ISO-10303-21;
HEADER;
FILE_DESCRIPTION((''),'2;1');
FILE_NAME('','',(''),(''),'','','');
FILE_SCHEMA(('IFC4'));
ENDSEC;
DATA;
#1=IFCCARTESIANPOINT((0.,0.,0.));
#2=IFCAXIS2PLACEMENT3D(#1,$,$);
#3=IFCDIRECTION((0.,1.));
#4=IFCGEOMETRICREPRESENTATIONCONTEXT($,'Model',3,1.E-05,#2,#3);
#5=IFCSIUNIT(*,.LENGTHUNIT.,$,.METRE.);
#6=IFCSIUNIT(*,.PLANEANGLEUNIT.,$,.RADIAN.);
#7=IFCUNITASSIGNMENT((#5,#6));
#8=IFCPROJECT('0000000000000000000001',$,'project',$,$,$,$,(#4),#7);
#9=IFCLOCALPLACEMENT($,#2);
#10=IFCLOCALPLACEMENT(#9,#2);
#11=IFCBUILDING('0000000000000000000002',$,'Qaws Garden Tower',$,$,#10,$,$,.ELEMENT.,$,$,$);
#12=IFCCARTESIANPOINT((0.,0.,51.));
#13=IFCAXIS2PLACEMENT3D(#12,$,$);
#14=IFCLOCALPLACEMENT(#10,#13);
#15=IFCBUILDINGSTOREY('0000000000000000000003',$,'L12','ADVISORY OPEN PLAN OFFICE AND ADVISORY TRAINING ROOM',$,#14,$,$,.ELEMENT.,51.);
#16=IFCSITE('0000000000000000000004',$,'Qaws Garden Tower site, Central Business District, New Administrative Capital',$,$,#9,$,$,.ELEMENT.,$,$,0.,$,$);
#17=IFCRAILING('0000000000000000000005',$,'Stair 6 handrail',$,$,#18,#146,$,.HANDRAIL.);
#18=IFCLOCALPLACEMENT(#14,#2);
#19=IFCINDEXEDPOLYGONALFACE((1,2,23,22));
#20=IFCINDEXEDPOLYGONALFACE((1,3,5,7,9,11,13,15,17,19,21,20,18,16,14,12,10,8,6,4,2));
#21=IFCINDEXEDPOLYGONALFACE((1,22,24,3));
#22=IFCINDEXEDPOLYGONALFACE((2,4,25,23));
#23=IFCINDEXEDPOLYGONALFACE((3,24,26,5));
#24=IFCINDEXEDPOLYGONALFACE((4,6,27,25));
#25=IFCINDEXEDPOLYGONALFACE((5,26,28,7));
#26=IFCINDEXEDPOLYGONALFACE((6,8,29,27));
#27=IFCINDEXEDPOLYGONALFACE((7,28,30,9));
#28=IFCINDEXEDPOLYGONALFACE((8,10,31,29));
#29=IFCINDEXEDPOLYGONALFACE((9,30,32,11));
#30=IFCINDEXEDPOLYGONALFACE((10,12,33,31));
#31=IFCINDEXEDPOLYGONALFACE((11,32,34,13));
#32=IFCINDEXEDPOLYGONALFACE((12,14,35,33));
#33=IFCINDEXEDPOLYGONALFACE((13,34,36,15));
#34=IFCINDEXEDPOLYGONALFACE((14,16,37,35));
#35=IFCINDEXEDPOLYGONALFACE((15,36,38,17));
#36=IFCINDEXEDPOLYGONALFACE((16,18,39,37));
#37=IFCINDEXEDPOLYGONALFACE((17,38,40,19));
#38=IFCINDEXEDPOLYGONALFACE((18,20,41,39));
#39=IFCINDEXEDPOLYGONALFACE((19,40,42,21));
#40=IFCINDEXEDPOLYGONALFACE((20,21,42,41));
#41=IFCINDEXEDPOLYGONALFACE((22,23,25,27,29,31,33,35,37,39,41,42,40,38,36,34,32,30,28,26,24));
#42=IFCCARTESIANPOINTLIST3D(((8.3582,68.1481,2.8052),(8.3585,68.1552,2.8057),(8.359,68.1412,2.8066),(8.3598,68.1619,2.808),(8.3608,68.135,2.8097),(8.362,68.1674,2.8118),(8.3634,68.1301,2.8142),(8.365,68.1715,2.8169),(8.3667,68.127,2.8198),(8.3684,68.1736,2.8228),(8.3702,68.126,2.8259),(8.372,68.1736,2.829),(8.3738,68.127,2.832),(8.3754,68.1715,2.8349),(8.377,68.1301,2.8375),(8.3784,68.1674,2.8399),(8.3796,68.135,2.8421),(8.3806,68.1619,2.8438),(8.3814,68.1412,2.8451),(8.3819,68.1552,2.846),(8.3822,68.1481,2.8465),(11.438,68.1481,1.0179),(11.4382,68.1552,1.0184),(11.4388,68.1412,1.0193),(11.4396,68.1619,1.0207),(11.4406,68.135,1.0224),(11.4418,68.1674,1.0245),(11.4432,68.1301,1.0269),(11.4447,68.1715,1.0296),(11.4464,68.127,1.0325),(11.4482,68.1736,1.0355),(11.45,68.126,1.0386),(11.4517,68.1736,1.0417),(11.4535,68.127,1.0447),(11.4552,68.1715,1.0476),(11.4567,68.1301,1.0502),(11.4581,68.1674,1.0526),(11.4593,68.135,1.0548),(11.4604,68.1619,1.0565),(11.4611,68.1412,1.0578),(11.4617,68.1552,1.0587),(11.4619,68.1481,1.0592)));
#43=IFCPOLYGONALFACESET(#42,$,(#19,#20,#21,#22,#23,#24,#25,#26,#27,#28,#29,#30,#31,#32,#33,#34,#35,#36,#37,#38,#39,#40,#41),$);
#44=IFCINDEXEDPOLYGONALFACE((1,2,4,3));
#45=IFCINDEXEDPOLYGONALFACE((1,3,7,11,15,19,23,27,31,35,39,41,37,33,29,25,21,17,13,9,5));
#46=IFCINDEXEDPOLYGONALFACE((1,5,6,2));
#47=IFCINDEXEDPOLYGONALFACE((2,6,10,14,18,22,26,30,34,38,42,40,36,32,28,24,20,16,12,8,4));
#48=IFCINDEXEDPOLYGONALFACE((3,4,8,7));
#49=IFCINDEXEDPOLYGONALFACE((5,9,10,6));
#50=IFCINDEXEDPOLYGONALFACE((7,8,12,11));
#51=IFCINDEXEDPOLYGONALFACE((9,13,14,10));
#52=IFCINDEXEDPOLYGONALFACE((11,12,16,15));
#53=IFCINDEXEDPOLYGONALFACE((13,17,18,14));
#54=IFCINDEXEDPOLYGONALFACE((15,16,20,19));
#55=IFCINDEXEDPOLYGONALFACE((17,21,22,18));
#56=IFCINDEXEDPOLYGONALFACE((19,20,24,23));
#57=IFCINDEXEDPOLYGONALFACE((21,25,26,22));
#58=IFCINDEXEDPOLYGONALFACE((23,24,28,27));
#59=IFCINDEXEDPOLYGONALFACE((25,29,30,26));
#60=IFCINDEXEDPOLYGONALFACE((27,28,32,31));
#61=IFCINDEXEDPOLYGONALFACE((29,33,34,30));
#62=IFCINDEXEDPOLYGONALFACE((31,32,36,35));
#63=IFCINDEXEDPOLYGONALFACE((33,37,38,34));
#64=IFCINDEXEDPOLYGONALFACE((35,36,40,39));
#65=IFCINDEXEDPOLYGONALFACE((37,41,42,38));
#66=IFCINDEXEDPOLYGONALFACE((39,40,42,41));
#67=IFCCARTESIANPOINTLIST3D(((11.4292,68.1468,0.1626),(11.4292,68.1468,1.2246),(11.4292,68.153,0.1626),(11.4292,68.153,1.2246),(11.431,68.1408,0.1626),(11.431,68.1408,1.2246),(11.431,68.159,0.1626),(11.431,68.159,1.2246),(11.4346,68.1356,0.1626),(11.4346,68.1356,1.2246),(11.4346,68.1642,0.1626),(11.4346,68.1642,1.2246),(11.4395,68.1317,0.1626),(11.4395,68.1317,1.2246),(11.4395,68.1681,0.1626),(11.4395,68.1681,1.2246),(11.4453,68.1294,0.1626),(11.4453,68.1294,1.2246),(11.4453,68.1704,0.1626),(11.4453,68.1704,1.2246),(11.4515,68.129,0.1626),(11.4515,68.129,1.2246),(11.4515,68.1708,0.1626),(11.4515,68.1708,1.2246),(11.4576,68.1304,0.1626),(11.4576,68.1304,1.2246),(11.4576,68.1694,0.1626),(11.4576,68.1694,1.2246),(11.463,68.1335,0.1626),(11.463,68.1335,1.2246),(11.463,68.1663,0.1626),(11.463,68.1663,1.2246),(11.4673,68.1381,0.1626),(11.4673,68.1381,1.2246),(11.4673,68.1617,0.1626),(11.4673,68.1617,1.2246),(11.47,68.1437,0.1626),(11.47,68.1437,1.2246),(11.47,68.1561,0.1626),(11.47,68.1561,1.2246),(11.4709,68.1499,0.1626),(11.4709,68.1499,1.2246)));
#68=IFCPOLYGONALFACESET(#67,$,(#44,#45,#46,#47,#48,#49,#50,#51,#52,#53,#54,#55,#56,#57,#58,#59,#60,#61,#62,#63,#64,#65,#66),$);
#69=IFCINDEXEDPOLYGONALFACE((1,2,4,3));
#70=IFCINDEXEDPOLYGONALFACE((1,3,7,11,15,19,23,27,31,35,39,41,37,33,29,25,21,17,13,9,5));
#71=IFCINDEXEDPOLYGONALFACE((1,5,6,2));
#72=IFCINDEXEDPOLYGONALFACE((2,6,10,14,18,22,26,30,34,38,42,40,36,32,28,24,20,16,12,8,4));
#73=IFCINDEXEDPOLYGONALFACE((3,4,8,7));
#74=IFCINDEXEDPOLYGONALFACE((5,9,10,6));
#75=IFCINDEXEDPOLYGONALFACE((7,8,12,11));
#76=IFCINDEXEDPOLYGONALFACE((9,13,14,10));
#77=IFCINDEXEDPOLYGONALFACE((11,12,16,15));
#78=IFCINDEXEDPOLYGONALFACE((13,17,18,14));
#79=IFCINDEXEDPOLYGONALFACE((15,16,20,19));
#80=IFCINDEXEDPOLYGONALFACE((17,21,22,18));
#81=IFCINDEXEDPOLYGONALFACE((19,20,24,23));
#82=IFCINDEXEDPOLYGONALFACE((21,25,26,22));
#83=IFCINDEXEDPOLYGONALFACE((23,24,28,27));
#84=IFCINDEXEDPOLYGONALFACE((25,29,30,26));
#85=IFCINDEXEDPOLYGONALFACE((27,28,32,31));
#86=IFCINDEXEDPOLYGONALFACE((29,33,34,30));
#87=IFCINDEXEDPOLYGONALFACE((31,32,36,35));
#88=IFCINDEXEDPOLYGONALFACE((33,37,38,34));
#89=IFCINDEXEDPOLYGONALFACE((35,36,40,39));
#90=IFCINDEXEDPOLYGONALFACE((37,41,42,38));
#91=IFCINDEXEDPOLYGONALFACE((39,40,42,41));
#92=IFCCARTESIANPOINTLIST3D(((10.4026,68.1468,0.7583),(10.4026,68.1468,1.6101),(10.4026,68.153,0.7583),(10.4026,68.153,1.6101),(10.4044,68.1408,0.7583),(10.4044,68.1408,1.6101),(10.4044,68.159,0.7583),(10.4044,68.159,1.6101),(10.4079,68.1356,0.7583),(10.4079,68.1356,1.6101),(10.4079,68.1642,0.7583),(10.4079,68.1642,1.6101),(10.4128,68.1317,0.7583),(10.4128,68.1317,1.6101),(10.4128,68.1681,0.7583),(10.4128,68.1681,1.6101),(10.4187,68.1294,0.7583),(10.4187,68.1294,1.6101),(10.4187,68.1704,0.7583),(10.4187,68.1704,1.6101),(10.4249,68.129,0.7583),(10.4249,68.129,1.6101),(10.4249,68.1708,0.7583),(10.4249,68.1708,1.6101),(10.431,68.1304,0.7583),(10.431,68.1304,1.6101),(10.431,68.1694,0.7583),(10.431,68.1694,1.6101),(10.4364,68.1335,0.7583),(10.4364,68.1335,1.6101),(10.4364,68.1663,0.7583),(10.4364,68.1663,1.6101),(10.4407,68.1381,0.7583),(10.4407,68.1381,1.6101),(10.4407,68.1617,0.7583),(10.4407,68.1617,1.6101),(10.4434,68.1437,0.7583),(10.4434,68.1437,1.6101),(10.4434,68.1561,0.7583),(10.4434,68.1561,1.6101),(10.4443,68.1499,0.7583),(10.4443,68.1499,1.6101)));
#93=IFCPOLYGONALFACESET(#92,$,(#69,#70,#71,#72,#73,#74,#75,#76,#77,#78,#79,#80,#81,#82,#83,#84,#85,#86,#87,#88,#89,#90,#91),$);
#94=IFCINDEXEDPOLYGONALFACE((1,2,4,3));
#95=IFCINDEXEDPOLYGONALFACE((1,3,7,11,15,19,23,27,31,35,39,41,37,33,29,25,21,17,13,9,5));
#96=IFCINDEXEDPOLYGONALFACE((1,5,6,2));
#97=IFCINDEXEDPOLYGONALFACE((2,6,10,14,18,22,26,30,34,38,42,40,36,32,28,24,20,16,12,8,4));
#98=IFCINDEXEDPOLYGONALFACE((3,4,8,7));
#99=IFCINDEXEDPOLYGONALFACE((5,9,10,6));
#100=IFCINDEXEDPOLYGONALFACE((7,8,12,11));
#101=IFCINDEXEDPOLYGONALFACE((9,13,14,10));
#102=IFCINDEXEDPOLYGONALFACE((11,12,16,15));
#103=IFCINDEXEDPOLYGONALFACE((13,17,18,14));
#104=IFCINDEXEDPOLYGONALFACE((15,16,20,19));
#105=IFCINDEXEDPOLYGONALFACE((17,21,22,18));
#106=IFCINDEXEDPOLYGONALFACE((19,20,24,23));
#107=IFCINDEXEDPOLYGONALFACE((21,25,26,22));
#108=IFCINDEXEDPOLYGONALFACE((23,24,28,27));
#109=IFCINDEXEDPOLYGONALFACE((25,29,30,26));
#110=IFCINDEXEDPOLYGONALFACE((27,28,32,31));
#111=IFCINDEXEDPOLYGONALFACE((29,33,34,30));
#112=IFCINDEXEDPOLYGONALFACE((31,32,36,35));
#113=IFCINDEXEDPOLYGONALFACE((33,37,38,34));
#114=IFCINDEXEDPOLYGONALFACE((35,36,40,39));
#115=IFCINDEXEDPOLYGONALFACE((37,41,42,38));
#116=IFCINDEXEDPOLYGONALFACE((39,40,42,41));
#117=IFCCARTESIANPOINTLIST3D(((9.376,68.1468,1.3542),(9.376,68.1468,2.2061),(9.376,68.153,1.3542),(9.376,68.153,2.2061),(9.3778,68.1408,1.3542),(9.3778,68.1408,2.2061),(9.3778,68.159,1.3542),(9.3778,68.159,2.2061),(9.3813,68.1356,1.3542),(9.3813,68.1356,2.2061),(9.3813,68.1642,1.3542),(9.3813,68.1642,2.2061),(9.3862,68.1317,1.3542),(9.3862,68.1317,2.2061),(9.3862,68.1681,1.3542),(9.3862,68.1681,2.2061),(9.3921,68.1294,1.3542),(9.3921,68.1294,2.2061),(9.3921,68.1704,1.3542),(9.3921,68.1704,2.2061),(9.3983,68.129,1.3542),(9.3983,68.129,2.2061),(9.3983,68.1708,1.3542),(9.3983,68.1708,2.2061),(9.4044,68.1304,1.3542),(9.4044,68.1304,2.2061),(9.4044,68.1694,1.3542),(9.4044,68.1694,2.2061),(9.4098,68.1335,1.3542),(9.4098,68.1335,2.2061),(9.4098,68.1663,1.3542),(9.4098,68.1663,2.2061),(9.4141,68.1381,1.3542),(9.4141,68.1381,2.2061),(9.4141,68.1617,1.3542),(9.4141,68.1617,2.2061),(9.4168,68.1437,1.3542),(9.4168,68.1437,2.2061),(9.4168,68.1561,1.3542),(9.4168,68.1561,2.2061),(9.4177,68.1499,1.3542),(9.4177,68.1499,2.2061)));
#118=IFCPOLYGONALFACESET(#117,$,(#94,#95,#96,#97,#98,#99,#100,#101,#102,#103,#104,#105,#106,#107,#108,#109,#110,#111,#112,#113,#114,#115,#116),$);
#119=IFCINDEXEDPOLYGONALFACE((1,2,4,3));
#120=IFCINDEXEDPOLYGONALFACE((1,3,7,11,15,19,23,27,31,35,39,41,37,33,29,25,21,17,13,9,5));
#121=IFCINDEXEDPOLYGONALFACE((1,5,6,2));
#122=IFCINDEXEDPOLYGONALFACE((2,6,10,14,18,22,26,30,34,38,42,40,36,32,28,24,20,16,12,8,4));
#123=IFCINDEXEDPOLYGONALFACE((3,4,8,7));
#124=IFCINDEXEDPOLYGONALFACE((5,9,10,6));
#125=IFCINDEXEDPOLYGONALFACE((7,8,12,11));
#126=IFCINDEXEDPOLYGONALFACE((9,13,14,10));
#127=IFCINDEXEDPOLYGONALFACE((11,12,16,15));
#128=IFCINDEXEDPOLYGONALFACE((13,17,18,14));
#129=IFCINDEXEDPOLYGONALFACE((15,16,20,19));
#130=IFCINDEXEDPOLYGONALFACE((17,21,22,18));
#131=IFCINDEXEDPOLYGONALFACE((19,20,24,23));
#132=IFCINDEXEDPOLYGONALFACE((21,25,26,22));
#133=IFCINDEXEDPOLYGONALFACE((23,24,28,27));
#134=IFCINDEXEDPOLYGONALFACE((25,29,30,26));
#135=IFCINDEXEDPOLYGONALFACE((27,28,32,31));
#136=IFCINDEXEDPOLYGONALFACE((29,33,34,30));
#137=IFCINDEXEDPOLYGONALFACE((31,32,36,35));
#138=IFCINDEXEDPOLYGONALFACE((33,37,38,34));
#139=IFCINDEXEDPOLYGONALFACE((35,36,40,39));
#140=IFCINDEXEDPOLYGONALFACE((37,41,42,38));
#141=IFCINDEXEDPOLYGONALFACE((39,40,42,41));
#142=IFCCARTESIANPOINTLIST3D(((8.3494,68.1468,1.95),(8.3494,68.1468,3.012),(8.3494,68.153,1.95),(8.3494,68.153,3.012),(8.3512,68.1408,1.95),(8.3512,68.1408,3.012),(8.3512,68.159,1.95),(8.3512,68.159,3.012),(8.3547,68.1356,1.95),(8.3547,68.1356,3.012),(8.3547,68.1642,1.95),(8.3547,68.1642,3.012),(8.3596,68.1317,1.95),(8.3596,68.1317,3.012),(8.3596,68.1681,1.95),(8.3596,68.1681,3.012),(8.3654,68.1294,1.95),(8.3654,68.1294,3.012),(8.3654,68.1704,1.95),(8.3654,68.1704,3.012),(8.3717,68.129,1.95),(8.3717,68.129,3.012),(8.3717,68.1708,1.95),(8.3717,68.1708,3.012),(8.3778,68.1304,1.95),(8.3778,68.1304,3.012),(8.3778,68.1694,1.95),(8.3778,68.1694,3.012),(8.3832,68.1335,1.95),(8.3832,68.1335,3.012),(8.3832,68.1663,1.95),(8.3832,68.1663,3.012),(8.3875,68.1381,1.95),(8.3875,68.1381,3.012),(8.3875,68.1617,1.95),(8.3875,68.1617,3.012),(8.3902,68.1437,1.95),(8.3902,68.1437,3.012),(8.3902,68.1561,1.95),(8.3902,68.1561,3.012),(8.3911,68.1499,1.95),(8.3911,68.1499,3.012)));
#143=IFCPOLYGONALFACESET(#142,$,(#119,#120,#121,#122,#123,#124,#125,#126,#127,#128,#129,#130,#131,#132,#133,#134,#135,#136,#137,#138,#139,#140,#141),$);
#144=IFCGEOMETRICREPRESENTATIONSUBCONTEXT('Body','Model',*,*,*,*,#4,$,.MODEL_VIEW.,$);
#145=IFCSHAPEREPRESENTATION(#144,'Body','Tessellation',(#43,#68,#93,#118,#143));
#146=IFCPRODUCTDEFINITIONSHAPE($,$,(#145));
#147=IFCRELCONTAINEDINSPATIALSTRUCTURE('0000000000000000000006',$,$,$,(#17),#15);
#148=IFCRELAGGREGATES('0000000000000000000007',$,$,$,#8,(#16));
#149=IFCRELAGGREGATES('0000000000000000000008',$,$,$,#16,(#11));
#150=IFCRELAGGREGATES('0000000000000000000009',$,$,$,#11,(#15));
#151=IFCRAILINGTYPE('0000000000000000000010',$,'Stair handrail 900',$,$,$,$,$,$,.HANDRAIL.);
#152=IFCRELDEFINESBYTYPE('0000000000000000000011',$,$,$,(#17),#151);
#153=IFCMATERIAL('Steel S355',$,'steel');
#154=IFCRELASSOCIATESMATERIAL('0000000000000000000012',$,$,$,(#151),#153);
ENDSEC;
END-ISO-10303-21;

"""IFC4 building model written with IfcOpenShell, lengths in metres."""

from ifc_helpers import new_model, si_unit, direction, frame, origin, origin_2d, place, context, subcontext, project, spatial, circle, extrude, material, type_object, element, save


model = new_model("IFC4")

# Units and contexts
model_context = context("Model", 3, precision=1e-05, world=origin(), true_north=direction((0.0, 1.0)))
body_context = subcontext(model_context, "Body", "Model", "MODEL_VIEW")
ifc_project = project(units=[si_unit("LENGTHUNIT", "METRE"), si_unit("PLANEANGLEUNIT", "RADIAN")], contexts=[model_context])

# Site, building, storey
site_placement = place(None, origin())
site = spatial("IfcSite", under=ifc_project, at=site_placement, Name="Qaws Garden Tower site, Central Business District, New Administrative Capital", CompositionType="ELEMENT", RefElevation=0.0)
building_placement = place(site_placement, origin())
building = spatial("IfcBuilding", under=site, at=building_placement, Name="Qaws Garden Tower", CompositionType="ELEMENT")
storey_placement = place(building_placement, frame((0.0, 0.0, 51.0)))
storey = spatial("IfcBuildingStorey", under=building, at=storey_placement, Name="L12", Description="ADVISORY OPEN PLAN OFFICE AND ADVISORY TRAINING ROOM", CompositionType="ELEMENT", Elevation=51.0)

# Railing
ifc_material_1 = material(Name="Steel S355", Category="steel")
railing_type = type_object("IfcRailingType", Name="Stair handrail 900", PredefinedType="HANDRAIL", material=ifc_material_1)
railing_1_placement = place(storey_placement, frame((11.45, 68.1499, 0.1626)))
element("IfcRailing", 1, at=railing_1_placement, inside=storey, type_object=railing_type, Name="Stair 6 handrail", PredefinedType="HANDRAIL", context=body_context, shape_type="SweptSolid", body=[
    extrude(circle(Radius=0.0239, at=origin_2d()), frame((0.0, 0.0, 0.876), z_axis=(-0.864903, 0.0, 0.501939), x_axis=(0.0, -1.0, 0.0)), (0.0, 0.0, 1.0), 3.5608),
    extrude(circle(Radius=0.021, at=origin_2d()), origin(), (0.0, 0.0, 1.0), 1.062),
    extrude(circle(Radius=0.021, at=origin_2d()), frame((-1.0266, 0.0, 0.5957)), (0.0, 0.0, 1.0), 0.8518),
    extrude(circle(Radius=0.021, at=origin_2d()), frame((-2.0532, 0.0, 1.1917)), (0.0, 0.0, 1.0), 0.8518),
    extrude(circle(Radius=0.021, at=origin_2d()), frame((-3.0798, 0.0, 1.7874)), (0.0, 0.0, 1.0), 1.062),
])

save(model, "model.ifc")
